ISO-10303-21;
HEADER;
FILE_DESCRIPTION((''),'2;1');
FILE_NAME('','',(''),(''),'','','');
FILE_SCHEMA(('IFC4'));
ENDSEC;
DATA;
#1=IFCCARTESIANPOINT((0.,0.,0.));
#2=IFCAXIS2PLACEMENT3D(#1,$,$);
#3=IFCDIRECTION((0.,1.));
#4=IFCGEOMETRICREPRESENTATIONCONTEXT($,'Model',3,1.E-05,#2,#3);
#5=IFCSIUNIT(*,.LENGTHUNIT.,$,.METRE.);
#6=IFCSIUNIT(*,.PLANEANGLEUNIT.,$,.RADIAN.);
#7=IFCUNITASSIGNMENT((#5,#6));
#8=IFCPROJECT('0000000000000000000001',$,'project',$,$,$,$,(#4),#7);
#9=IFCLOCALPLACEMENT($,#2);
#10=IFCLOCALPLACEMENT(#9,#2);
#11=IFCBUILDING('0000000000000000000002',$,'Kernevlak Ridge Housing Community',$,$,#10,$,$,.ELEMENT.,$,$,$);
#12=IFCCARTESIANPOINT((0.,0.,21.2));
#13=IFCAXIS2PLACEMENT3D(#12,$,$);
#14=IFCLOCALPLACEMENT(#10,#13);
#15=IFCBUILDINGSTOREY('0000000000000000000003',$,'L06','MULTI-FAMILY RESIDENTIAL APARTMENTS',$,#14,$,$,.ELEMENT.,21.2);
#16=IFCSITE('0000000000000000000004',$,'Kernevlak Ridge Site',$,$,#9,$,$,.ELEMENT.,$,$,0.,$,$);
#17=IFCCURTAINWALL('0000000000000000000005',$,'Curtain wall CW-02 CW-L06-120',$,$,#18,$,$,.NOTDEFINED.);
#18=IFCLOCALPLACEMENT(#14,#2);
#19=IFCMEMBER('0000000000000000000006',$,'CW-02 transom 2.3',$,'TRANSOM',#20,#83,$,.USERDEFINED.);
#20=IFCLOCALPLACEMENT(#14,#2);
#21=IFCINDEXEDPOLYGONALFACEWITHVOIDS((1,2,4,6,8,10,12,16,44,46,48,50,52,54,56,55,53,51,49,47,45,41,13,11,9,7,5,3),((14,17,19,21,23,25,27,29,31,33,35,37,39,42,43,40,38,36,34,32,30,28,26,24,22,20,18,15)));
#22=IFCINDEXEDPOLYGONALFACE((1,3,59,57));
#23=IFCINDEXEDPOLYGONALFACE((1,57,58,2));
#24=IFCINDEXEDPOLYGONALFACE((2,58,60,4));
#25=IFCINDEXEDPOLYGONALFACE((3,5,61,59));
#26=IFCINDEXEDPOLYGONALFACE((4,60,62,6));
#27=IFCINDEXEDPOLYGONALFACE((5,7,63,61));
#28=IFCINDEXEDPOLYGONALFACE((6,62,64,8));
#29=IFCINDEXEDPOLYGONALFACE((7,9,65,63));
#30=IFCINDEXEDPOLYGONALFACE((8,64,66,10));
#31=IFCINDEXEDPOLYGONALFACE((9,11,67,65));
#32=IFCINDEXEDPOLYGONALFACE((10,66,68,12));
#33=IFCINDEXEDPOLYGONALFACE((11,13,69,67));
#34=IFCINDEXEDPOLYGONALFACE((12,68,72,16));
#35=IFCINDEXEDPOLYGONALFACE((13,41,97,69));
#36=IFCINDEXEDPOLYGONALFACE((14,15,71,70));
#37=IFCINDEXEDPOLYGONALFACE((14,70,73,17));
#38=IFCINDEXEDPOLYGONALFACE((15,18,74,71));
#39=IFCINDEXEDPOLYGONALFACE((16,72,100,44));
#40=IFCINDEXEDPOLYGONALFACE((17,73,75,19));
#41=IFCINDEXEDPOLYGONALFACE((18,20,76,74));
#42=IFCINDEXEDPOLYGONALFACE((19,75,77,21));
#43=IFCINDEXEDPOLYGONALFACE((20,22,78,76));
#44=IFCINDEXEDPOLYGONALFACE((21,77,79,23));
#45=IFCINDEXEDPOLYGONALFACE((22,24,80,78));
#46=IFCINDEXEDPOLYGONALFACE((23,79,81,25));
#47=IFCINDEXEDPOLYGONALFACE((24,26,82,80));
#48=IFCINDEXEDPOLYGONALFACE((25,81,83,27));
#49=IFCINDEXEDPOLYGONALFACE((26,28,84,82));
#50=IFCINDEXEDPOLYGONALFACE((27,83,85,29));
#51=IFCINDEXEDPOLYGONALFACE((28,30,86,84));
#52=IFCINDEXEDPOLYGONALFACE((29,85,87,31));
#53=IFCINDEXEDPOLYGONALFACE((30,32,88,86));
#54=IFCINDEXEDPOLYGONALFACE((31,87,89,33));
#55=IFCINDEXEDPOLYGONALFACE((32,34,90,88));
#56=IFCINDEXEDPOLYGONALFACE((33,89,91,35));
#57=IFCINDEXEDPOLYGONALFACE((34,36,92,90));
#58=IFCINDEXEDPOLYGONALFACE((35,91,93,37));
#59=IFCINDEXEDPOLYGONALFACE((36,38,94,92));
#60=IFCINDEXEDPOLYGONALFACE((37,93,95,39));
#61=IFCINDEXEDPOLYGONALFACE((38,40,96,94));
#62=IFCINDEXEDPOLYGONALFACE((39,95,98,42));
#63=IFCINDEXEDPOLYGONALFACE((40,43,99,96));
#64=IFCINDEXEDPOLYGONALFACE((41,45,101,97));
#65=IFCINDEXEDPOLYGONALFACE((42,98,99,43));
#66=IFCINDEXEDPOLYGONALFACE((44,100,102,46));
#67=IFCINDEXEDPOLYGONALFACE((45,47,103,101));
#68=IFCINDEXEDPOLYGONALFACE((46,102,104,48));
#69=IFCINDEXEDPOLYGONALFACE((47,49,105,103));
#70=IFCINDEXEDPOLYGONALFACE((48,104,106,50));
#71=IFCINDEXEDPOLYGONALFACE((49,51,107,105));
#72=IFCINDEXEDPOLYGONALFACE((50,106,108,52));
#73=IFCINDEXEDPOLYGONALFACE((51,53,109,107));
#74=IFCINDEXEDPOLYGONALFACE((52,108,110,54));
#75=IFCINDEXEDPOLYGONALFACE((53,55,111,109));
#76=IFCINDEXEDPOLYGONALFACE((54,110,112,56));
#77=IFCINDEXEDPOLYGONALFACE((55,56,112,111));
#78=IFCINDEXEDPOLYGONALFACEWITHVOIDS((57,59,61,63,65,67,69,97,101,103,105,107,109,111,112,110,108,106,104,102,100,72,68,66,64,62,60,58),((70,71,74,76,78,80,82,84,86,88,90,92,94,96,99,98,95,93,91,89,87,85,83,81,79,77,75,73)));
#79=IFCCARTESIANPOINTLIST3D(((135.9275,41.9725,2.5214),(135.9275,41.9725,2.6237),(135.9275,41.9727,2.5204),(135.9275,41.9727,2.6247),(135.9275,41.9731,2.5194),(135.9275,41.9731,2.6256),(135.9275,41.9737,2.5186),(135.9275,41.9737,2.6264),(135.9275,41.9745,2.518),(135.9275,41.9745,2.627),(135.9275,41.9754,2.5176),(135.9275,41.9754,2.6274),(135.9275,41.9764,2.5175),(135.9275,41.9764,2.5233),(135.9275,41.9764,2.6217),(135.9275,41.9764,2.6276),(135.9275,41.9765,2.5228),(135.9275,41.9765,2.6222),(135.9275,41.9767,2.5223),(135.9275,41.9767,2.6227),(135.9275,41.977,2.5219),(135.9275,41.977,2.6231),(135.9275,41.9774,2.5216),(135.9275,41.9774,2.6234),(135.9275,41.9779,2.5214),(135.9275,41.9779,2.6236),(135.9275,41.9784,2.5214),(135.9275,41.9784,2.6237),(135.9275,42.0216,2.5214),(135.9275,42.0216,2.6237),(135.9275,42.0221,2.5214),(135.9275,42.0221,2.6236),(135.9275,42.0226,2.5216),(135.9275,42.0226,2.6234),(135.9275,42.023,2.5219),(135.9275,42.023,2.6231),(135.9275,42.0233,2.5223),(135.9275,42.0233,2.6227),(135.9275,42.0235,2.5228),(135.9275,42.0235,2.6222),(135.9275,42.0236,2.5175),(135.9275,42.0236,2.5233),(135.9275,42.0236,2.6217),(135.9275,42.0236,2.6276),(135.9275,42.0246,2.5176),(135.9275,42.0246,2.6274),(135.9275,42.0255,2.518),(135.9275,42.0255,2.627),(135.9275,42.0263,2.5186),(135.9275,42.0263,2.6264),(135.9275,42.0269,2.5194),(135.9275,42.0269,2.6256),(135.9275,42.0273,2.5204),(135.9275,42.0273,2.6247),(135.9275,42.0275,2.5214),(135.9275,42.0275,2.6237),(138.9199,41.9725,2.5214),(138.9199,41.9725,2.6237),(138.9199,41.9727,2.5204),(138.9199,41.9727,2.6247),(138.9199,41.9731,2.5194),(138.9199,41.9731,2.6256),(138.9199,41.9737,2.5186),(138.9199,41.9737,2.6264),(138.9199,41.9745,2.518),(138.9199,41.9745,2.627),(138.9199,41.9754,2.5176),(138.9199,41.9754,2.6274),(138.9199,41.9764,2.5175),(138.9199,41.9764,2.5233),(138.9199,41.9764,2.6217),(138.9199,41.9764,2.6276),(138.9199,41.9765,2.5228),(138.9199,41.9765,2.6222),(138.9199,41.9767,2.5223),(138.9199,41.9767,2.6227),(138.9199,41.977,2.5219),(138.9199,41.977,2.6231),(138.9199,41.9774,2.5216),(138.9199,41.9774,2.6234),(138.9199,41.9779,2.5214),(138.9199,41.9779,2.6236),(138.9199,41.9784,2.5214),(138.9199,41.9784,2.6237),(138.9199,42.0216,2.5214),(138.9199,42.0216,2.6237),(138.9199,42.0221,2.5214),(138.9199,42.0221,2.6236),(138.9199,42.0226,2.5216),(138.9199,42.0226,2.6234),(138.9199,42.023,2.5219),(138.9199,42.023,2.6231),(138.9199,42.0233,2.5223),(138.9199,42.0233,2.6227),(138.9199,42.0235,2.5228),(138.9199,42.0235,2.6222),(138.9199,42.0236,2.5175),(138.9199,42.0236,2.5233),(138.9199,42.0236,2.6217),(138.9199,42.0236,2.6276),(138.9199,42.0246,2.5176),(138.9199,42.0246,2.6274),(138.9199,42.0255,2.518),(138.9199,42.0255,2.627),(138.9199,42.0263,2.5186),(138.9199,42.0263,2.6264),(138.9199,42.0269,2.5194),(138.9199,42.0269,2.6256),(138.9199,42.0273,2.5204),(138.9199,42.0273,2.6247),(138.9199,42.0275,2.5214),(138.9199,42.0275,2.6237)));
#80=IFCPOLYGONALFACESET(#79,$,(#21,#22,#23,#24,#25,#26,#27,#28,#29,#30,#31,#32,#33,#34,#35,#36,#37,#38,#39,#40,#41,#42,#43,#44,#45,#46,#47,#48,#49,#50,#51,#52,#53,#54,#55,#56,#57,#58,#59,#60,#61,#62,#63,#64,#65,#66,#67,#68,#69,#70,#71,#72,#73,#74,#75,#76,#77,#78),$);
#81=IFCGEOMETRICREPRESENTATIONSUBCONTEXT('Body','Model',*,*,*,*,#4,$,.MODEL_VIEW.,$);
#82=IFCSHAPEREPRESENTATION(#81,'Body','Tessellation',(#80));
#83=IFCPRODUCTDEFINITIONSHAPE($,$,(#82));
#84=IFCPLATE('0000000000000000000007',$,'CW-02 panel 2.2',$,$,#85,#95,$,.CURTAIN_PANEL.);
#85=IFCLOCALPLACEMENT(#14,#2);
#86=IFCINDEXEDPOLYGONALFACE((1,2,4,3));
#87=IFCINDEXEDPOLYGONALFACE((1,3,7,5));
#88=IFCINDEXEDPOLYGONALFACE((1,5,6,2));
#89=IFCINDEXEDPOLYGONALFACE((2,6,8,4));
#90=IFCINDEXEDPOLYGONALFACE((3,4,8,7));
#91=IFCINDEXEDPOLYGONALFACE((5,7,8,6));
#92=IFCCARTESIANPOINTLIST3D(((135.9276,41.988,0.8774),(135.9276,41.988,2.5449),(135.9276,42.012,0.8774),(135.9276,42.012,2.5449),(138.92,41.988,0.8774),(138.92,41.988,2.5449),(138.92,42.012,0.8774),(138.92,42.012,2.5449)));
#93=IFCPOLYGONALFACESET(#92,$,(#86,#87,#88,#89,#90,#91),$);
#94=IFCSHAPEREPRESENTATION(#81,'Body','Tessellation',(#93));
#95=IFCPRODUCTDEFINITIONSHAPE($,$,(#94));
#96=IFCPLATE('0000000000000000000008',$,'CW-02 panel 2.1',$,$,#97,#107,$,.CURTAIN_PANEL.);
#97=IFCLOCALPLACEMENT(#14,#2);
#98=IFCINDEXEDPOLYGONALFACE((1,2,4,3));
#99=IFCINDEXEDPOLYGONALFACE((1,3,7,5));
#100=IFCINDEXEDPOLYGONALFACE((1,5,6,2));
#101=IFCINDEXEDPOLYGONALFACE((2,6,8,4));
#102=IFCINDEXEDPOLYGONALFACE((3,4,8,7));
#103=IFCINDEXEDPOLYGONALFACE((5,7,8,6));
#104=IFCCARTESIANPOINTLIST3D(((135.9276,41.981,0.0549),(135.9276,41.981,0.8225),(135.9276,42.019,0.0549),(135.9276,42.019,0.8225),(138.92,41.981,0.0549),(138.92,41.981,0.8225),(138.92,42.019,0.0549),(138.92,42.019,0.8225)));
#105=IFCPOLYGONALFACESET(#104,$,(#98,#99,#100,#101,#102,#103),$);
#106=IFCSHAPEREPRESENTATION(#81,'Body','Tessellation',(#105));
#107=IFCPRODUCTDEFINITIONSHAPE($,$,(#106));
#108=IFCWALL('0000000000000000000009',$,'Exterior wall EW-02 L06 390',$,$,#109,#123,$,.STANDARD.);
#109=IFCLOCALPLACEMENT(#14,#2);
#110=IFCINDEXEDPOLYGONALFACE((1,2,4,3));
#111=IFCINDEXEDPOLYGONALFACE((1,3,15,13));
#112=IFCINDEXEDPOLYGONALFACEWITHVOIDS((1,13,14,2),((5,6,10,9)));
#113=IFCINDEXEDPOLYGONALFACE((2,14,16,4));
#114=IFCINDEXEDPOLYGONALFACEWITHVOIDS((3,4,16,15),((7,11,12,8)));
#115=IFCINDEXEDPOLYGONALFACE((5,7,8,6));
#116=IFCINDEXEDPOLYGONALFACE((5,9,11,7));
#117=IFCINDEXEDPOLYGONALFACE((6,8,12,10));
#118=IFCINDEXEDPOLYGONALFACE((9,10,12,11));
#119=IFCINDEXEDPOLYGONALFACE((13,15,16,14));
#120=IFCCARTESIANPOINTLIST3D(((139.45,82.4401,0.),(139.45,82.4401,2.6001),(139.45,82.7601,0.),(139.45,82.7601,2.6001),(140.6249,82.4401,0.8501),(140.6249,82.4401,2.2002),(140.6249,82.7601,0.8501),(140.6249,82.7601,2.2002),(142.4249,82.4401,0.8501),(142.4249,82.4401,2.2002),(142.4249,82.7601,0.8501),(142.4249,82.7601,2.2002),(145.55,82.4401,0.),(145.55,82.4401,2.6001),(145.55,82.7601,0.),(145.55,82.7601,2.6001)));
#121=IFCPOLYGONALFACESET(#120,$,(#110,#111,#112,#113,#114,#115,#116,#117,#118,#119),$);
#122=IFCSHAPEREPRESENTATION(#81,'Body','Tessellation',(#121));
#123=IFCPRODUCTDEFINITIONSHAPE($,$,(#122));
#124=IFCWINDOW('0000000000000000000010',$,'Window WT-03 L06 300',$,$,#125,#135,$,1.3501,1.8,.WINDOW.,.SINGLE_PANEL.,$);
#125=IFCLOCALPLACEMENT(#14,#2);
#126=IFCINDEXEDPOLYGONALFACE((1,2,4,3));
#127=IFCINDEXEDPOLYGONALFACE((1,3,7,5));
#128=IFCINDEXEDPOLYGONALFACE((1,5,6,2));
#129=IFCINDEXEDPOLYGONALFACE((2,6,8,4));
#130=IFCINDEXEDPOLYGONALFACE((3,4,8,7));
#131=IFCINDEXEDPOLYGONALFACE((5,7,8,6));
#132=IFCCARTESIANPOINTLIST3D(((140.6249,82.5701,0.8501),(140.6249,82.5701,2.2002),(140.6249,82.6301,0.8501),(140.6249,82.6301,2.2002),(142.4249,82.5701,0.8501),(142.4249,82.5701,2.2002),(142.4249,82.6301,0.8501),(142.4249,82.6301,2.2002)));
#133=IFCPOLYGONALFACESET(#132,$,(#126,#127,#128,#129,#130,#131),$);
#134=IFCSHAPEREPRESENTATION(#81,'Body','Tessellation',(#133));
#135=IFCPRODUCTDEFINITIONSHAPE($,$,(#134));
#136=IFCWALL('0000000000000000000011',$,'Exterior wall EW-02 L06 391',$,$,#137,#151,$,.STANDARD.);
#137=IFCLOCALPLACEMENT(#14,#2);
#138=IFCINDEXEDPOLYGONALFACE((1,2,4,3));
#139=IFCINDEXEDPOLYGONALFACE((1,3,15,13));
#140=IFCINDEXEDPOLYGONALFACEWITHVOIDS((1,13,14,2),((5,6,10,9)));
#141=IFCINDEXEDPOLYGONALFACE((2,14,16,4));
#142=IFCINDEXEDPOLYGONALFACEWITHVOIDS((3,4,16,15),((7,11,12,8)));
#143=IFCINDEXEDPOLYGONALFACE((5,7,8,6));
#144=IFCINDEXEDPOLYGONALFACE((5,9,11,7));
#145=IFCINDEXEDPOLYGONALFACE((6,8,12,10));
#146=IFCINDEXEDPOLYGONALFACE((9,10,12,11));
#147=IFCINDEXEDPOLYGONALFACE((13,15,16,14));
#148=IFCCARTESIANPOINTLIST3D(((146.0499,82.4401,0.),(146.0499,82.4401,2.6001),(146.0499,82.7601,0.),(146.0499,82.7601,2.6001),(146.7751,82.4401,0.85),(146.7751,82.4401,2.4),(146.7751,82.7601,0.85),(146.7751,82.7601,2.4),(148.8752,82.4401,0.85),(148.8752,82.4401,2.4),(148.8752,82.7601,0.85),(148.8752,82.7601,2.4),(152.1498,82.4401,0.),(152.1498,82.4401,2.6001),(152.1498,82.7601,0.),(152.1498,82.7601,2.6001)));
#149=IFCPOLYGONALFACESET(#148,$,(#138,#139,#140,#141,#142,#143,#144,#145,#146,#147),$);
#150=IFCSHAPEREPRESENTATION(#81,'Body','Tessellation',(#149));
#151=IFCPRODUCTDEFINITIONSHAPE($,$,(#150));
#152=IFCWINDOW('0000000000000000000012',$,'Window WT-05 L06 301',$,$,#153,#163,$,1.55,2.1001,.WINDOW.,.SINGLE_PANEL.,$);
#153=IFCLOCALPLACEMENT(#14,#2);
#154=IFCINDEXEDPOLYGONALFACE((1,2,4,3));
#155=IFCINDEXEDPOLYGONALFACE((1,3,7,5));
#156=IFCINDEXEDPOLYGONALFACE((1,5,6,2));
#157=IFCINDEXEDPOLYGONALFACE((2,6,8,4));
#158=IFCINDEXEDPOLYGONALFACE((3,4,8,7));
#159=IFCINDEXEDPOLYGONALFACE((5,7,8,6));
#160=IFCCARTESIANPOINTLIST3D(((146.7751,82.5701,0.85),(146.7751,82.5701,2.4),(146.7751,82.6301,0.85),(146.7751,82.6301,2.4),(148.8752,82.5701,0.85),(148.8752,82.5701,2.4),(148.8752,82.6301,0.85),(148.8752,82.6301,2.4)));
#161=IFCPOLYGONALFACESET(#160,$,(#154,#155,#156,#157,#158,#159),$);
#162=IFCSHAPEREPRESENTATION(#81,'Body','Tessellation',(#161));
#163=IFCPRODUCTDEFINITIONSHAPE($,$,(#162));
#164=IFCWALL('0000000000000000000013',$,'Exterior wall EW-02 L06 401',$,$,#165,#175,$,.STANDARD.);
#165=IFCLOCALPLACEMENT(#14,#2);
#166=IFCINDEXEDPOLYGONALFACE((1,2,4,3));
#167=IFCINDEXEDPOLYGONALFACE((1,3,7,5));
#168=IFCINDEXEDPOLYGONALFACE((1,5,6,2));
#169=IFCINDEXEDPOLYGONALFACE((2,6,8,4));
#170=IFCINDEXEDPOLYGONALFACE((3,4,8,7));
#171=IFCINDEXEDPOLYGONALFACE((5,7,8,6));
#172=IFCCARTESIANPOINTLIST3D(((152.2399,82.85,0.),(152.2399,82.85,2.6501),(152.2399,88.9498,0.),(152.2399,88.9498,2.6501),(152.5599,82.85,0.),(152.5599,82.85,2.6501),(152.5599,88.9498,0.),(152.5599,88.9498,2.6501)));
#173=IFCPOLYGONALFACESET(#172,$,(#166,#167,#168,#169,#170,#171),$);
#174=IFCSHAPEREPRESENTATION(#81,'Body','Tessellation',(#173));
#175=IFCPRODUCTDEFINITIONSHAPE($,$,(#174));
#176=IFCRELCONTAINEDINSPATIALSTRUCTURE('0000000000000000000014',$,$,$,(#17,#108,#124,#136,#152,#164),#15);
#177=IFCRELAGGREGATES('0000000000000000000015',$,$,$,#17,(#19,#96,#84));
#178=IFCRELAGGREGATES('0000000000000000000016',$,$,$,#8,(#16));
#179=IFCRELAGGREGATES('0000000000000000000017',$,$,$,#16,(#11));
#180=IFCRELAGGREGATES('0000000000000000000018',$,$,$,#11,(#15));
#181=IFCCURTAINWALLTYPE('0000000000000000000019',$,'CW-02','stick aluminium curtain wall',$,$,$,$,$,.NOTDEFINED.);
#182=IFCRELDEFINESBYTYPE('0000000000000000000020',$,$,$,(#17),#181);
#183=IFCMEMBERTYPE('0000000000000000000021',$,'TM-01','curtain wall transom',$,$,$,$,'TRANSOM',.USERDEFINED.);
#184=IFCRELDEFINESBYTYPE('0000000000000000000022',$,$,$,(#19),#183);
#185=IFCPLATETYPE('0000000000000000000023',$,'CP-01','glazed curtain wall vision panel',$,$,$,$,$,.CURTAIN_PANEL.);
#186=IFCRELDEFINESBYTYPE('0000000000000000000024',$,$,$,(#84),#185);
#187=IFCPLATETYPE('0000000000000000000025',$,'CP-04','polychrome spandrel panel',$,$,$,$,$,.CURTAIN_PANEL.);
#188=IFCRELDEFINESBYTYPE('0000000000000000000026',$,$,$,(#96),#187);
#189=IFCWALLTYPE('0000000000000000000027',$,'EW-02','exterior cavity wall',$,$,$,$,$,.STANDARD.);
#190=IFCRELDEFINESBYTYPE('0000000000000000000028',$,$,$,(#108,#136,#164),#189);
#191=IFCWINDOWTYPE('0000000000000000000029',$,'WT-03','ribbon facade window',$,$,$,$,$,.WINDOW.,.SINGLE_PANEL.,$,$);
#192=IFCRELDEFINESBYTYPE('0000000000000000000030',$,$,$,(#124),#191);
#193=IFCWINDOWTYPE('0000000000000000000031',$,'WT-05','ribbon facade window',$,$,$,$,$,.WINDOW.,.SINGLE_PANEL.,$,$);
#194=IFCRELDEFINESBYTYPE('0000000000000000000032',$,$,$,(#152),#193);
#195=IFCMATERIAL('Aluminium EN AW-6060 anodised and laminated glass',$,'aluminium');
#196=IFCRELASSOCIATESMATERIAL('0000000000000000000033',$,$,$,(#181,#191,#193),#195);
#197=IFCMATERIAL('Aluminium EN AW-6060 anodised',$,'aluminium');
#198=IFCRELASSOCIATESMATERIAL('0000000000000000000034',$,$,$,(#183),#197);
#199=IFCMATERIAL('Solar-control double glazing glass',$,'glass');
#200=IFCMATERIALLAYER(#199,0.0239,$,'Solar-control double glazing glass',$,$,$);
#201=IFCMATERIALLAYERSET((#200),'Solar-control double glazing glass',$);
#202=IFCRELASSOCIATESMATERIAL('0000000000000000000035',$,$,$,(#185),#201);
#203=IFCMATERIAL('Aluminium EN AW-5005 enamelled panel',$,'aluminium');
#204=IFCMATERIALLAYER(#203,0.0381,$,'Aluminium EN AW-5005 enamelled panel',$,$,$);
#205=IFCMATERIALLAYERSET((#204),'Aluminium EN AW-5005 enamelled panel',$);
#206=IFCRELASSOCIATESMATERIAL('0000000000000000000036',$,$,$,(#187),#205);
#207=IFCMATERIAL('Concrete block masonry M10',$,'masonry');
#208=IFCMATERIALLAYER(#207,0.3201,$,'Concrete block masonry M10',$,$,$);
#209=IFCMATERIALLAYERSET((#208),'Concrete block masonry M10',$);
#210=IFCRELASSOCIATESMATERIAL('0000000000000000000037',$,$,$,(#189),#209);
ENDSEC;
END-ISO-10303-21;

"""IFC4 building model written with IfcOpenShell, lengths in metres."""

from ifc_helpers import new_model, si_unit, direction, frame, frame_2d, origin, origin_2d, place, context, subcontext, project, spatial, rectangle, hollow_rectangle, extrude, material, layer, layer_set, material_profile, profile_set, type_object, element, fill, aggregate, save


model = new_model("IFC4")

# Units and contexts
model_context = context("Model", 3, precision=1e-05, world=origin(), true_north=direction((0.0, 1.0)))
body_context = subcontext(model_context, "Body", "Model", "MODEL_VIEW")
ifc_project = project(units=[si_unit("LENGTHUNIT", "METRE"), si_unit("PLANEANGLEUNIT", "RADIAN")], contexts=[model_context])

# Site, building, storey
site_placement = place(None, origin())
site = spatial("IfcSite", under=ifc_project, at=site_placement, Name="Kernevlak Ridge Site", CompositionType="ELEMENT", RefElevation=0.0)
building_placement = place(site_placement, origin())
building = spatial("IfcBuilding", under=site, at=building_placement, Name="Kernevlak Ridge Housing Community", CompositionType="ELEMENT")
storey_placement = place(building_placement, frame((0.0, 0.0, 21.2)))
storey = spatial("IfcBuildingStorey", under=building, at=storey_placement, Name="L06", Description="MULTI-FAMILY RESIDENTIAL APARTMENTS", CompositionType="ELEMENT", Elevation=21.2)

# Curtain wall
ifc_material_1 = material(Name="Aluminium EN AW-6060 anodised and laminated glass", Category="aluminium")
curtain_wall_type = type_object("IfcCurtainWallType", Name="CW-02", Description="stick aluminium curtain wall", PredefinedType="NOTDEFINED", material=ifc_material_1)
curtain_wall_placement = place(storey_placement, origin())
curtain_wall = element("IfcCurtainWall", 1, at=curtain_wall_placement, inside=storey, type_object=curtain_wall_type, Name="Curtain wall CW-02 CW-L06-120", PredefinedType="NOTDEFINED")
ifc_material_2 = material(Name="Aluminium EN AW-6060 anodised", Category="aluminium")

# Member
ifc_material_profile_1 = material_profile(ifc_material_2, hollow_rectangle(XDim=0.0549, YDim=0.1101, WallThickness=0.0039, InnerFilletRadius=0.002, OuterFilletRadius=0.0039, at=origin_2d()), Name="ALU 55x110x4")
ifc_profile_set_1 = profile_set([ifc_material_profile_1], Name="Aluminium EN AW-6060 anodised")
member_type_1 = type_object("IfcMemberType", Name="TM-01", Description="curtain wall transom", ElementType="TRANSOM", PredefinedType="USERDEFINED", material=ifc_profile_set_1)
member_1_placement = place(storey_placement, frame((135.9275, 42.0, 2.5725), z_axis=(1.0, 0.0, 0.0), x_axis=(0.0, 1.0, 0.0)))
member_1 = element("IfcMember", 2, at=member_1_placement, type_object=member_type_1, Name="CW-02 transom 2.3", ObjectType="TRANSOM", PredefinedType="USERDEFINED", context=body_context, shape_type="SweptSolid", body=[
    extrude(hollow_rectangle(XDim=0.0549, YDim=0.1101, WallThickness=0.0039, InnerFilletRadius=0.002, OuterFilletRadius=0.0039, at=origin_2d()), origin(), (0.0, 0.0, 1.0), 2.9924),
])

# Plates
ifc_material_3 = material(Name="Solar-control double glazing glass", Category="glass")
ifc_layer_1 = layer(ifc_material_3, 0.0239, Name="Solar-control double glazing glass")
ifc_layer_set_1 = layer_set([ifc_layer_1], Name="Solar-control double glazing glass")
plate_type_1 = type_object("IfcPlateType", Name="CP-01", Description="glazed curtain wall vision panel", PredefinedType="CURTAIN_PANEL", material=ifc_layer_set_1)
plate_1_placement = place(storey_placement, frame((137.4238, 42.0, 0.8774), z_axis=(0.0, 0.0, 1.0), x_axis=(1.0, 0.0, 0.0)))
plate_1 = element("IfcPlate", 3, at=plate_1_placement, type_object=plate_type_1, Name="CW-02 panel 2.2", PredefinedType="CURTAIN_PANEL", context=body_context, shape_type="SweptSolid", body=[
    extrude(rectangle(XDim=2.9924, YDim=0.0239, at=origin_2d()), origin(), (0.0, 0.0, 1.0), 1.6675),
])
ifc_material_4 = material(Name="Aluminium EN AW-5005 enamelled panel", Category="aluminium")
ifc_layer_2 = layer(ifc_material_4, 0.0381, Name="Aluminium EN AW-5005 enamelled panel")
ifc_layer_set_2 = layer_set([ifc_layer_2], Name="Aluminium EN AW-5005 enamelled panel")
plate_type_2 = type_object("IfcPlateType", Name="CP-04", Description="polychrome spandrel panel", PredefinedType="CURTAIN_PANEL", material=ifc_layer_set_2)
plate_2_placement = place(storey_placement, frame((137.4238, 42.0, 0.0549), z_axis=(0.0, 0.0, 1.0), x_axis=(1.0, 0.0, 0.0)))
plate_2 = element("IfcPlate", 4, at=plate_2_placement, type_object=plate_type_2, Name="CW-02 panel 2.1", PredefinedType="CURTAIN_PANEL", context=body_context, shape_type="SweptSolid", body=[
    extrude(rectangle(XDim=2.9924, YDim=0.0381, at=origin_2d()), origin(), (0.0, 0.0, 1.0), 0.7676),
])
aggregate(curtain_wall, [member_1, plate_2, plate_1])

# Walls, openings, windows
ifc_material_5 = material(Name="Concrete block masonry M10", Category="masonry")
ifc_layer_3 = layer(ifc_material_5, 0.3201, Name="Concrete block masonry M10")
ifc_layer_set_3 = layer_set([ifc_layer_3], Name="Concrete block masonry M10")
wall_type_1 = type_object("IfcWallType", Name="EW-02", Description="exterior cavity wall", PredefinedType="STANDARD", material=ifc_layer_set_3)
wall_1_placement = place(storey_placement, frame((139.45, 82.6001, 0.0), z_axis=(0.0, 0.0, 1.0), x_axis=(1.0, 0.0, 0.0)))
wall_1 = element("IfcWall", 5, at=wall_1_placement, inside=storey, type_object=wall_type_1, Name="Exterior wall EW-02 L06 390", PredefinedType="STANDARD", context=body_context, shape_type="SweptSolid", body=[
    extrude(rectangle(XDim=6.1001, YDim=0.3201, at=frame_2d((3.05, 0.0))), origin(), (0.0, 0.0, 1.0), 2.6001),
])
opening_1_placement = place(wall_1_placement, frame((1.175, 0.0, 0.8501)))
opening_1 = element("IfcOpeningElement", 6, at=opening_1_placement, cuts=wall_1, PredefinedType="OPENING", context=body_context, shape_type="SweptSolid", body=[
    extrude(rectangle(XDim=1.8, YDim=1.3501, at=frame_2d((0.8999, 0.675))), frame((0.0, 0.1699, 0.0), z_axis=(0.0, -1.0, 0.0), x_axis=(1.0, 0.0, 0.0)), (0.0, 0.0, 1.0), 0.3401),
])
window_type_1 = type_object("IfcWindowType", Name="WT-03", Description="ribbon facade window", PartitioningType="SINGLE_PANEL", PredefinedType="WINDOW", material=ifc_material_1)
window_1_placement = place(opening_1_placement, origin())
window_1 = element("IfcWindow", 7, at=window_1_placement, inside=storey, type_object=window_type_1, Name="Window WT-03 L06 300", OverallHeight=1.3501, OverallWidth=1.8, PartitioningType="SINGLE_PANEL", PredefinedType="WINDOW", context=body_context, shape_type="SweptSolid", body=[
    extrude(rectangle(XDim=1.8, YDim=1.3501, at=frame_2d((0.8999, 0.675))), frame((0.0, 0.03, 0.0), z_axis=(0.0, -1.0, 0.0), x_axis=(1.0, 0.0, 0.0)), (0.0, 0.0, 1.0), 0.0601),
])
fill(opening_1, window_1)
wall_2_placement = place(storey_placement, frame((146.05, 82.6001, 0.0), z_axis=(0.0, 0.0, 1.0), x_axis=(1.0, 0.0, 0.0)))
wall_2 = element("IfcWall", 8, at=wall_2_placement, inside=storey, type_object=wall_type_1, Name="Exterior wall EW-02 L06 391", PredefinedType="STANDARD", context=body_context, shape_type="SweptSolid", body=[
    extrude(rectangle(XDim=6.0999, YDim=0.3201, at=frame_2d((3.0498, 0.0))), origin(), (0.0, 0.0, 1.0), 2.6001),
])
opening_2_placement = place(wall_2_placement, frame((0.7251, 0.0, 0.8501)))
opening_2 = element("IfcOpeningElement", 9, at=opening_2_placement, cuts=wall_2, PredefinedType="OPENING", context=body_context, shape_type="SweptSolid", body=[
    extrude(rectangle(XDim=2.1001, YDim=1.55, at=frame_2d((1.05, 0.7749))), frame((0.0, 0.1699, 0.0), z_axis=(0.0, -1.0, 0.0), x_axis=(1.0, 0.0, 0.0)), (0.0, 0.0, 1.0), 0.3401),
])
window_type_2 = type_object("IfcWindowType", Name="WT-05", Description="ribbon facade window", PartitioningType="SINGLE_PANEL", PredefinedType="WINDOW", material=ifc_material_1)
window_2_placement = place(opening_2_placement, origin())
window_2 = element("IfcWindow", 10, at=window_2_placement, inside=storey, type_object=window_type_2, Name="Window WT-05 L06 301", OverallHeight=1.55, OverallWidth=2.1001, PartitioningType="SINGLE_PANEL", PredefinedType="WINDOW", context=body_context, shape_type="SweptSolid", body=[
    extrude(rectangle(XDim=2.1001, YDim=1.55, at=frame_2d((1.05, 0.7749))), frame((0.0, 0.03, 0.0), z_axis=(0.0, -1.0, 0.0), x_axis=(1.0, 0.0, 0.0)), (0.0, 0.0, 1.0), 0.0601),
])
fill(opening_2, window_2)

# Wall
wall_3_placement = place(storey_placement, frame((152.3999, 82.8501, 0.0), z_axis=(0.0, 0.0, 1.0), x_axis=(0.0, 1.0, 0.0)))
element("IfcWall", 11, at=wall_3_placement, inside=storey, type_object=wall_type_1, Name="Exterior wall EW-02 L06 401", PredefinedType="STANDARD", context=body_context, shape_type="SweptSolid", body=[
    extrude(rectangle(XDim=6.0999, YDim=0.3201, at=frame_2d((3.0498, 0.0))), origin(), (0.0, 0.0, 1.0), 2.6501),
])

save(model, "model.ifc")
